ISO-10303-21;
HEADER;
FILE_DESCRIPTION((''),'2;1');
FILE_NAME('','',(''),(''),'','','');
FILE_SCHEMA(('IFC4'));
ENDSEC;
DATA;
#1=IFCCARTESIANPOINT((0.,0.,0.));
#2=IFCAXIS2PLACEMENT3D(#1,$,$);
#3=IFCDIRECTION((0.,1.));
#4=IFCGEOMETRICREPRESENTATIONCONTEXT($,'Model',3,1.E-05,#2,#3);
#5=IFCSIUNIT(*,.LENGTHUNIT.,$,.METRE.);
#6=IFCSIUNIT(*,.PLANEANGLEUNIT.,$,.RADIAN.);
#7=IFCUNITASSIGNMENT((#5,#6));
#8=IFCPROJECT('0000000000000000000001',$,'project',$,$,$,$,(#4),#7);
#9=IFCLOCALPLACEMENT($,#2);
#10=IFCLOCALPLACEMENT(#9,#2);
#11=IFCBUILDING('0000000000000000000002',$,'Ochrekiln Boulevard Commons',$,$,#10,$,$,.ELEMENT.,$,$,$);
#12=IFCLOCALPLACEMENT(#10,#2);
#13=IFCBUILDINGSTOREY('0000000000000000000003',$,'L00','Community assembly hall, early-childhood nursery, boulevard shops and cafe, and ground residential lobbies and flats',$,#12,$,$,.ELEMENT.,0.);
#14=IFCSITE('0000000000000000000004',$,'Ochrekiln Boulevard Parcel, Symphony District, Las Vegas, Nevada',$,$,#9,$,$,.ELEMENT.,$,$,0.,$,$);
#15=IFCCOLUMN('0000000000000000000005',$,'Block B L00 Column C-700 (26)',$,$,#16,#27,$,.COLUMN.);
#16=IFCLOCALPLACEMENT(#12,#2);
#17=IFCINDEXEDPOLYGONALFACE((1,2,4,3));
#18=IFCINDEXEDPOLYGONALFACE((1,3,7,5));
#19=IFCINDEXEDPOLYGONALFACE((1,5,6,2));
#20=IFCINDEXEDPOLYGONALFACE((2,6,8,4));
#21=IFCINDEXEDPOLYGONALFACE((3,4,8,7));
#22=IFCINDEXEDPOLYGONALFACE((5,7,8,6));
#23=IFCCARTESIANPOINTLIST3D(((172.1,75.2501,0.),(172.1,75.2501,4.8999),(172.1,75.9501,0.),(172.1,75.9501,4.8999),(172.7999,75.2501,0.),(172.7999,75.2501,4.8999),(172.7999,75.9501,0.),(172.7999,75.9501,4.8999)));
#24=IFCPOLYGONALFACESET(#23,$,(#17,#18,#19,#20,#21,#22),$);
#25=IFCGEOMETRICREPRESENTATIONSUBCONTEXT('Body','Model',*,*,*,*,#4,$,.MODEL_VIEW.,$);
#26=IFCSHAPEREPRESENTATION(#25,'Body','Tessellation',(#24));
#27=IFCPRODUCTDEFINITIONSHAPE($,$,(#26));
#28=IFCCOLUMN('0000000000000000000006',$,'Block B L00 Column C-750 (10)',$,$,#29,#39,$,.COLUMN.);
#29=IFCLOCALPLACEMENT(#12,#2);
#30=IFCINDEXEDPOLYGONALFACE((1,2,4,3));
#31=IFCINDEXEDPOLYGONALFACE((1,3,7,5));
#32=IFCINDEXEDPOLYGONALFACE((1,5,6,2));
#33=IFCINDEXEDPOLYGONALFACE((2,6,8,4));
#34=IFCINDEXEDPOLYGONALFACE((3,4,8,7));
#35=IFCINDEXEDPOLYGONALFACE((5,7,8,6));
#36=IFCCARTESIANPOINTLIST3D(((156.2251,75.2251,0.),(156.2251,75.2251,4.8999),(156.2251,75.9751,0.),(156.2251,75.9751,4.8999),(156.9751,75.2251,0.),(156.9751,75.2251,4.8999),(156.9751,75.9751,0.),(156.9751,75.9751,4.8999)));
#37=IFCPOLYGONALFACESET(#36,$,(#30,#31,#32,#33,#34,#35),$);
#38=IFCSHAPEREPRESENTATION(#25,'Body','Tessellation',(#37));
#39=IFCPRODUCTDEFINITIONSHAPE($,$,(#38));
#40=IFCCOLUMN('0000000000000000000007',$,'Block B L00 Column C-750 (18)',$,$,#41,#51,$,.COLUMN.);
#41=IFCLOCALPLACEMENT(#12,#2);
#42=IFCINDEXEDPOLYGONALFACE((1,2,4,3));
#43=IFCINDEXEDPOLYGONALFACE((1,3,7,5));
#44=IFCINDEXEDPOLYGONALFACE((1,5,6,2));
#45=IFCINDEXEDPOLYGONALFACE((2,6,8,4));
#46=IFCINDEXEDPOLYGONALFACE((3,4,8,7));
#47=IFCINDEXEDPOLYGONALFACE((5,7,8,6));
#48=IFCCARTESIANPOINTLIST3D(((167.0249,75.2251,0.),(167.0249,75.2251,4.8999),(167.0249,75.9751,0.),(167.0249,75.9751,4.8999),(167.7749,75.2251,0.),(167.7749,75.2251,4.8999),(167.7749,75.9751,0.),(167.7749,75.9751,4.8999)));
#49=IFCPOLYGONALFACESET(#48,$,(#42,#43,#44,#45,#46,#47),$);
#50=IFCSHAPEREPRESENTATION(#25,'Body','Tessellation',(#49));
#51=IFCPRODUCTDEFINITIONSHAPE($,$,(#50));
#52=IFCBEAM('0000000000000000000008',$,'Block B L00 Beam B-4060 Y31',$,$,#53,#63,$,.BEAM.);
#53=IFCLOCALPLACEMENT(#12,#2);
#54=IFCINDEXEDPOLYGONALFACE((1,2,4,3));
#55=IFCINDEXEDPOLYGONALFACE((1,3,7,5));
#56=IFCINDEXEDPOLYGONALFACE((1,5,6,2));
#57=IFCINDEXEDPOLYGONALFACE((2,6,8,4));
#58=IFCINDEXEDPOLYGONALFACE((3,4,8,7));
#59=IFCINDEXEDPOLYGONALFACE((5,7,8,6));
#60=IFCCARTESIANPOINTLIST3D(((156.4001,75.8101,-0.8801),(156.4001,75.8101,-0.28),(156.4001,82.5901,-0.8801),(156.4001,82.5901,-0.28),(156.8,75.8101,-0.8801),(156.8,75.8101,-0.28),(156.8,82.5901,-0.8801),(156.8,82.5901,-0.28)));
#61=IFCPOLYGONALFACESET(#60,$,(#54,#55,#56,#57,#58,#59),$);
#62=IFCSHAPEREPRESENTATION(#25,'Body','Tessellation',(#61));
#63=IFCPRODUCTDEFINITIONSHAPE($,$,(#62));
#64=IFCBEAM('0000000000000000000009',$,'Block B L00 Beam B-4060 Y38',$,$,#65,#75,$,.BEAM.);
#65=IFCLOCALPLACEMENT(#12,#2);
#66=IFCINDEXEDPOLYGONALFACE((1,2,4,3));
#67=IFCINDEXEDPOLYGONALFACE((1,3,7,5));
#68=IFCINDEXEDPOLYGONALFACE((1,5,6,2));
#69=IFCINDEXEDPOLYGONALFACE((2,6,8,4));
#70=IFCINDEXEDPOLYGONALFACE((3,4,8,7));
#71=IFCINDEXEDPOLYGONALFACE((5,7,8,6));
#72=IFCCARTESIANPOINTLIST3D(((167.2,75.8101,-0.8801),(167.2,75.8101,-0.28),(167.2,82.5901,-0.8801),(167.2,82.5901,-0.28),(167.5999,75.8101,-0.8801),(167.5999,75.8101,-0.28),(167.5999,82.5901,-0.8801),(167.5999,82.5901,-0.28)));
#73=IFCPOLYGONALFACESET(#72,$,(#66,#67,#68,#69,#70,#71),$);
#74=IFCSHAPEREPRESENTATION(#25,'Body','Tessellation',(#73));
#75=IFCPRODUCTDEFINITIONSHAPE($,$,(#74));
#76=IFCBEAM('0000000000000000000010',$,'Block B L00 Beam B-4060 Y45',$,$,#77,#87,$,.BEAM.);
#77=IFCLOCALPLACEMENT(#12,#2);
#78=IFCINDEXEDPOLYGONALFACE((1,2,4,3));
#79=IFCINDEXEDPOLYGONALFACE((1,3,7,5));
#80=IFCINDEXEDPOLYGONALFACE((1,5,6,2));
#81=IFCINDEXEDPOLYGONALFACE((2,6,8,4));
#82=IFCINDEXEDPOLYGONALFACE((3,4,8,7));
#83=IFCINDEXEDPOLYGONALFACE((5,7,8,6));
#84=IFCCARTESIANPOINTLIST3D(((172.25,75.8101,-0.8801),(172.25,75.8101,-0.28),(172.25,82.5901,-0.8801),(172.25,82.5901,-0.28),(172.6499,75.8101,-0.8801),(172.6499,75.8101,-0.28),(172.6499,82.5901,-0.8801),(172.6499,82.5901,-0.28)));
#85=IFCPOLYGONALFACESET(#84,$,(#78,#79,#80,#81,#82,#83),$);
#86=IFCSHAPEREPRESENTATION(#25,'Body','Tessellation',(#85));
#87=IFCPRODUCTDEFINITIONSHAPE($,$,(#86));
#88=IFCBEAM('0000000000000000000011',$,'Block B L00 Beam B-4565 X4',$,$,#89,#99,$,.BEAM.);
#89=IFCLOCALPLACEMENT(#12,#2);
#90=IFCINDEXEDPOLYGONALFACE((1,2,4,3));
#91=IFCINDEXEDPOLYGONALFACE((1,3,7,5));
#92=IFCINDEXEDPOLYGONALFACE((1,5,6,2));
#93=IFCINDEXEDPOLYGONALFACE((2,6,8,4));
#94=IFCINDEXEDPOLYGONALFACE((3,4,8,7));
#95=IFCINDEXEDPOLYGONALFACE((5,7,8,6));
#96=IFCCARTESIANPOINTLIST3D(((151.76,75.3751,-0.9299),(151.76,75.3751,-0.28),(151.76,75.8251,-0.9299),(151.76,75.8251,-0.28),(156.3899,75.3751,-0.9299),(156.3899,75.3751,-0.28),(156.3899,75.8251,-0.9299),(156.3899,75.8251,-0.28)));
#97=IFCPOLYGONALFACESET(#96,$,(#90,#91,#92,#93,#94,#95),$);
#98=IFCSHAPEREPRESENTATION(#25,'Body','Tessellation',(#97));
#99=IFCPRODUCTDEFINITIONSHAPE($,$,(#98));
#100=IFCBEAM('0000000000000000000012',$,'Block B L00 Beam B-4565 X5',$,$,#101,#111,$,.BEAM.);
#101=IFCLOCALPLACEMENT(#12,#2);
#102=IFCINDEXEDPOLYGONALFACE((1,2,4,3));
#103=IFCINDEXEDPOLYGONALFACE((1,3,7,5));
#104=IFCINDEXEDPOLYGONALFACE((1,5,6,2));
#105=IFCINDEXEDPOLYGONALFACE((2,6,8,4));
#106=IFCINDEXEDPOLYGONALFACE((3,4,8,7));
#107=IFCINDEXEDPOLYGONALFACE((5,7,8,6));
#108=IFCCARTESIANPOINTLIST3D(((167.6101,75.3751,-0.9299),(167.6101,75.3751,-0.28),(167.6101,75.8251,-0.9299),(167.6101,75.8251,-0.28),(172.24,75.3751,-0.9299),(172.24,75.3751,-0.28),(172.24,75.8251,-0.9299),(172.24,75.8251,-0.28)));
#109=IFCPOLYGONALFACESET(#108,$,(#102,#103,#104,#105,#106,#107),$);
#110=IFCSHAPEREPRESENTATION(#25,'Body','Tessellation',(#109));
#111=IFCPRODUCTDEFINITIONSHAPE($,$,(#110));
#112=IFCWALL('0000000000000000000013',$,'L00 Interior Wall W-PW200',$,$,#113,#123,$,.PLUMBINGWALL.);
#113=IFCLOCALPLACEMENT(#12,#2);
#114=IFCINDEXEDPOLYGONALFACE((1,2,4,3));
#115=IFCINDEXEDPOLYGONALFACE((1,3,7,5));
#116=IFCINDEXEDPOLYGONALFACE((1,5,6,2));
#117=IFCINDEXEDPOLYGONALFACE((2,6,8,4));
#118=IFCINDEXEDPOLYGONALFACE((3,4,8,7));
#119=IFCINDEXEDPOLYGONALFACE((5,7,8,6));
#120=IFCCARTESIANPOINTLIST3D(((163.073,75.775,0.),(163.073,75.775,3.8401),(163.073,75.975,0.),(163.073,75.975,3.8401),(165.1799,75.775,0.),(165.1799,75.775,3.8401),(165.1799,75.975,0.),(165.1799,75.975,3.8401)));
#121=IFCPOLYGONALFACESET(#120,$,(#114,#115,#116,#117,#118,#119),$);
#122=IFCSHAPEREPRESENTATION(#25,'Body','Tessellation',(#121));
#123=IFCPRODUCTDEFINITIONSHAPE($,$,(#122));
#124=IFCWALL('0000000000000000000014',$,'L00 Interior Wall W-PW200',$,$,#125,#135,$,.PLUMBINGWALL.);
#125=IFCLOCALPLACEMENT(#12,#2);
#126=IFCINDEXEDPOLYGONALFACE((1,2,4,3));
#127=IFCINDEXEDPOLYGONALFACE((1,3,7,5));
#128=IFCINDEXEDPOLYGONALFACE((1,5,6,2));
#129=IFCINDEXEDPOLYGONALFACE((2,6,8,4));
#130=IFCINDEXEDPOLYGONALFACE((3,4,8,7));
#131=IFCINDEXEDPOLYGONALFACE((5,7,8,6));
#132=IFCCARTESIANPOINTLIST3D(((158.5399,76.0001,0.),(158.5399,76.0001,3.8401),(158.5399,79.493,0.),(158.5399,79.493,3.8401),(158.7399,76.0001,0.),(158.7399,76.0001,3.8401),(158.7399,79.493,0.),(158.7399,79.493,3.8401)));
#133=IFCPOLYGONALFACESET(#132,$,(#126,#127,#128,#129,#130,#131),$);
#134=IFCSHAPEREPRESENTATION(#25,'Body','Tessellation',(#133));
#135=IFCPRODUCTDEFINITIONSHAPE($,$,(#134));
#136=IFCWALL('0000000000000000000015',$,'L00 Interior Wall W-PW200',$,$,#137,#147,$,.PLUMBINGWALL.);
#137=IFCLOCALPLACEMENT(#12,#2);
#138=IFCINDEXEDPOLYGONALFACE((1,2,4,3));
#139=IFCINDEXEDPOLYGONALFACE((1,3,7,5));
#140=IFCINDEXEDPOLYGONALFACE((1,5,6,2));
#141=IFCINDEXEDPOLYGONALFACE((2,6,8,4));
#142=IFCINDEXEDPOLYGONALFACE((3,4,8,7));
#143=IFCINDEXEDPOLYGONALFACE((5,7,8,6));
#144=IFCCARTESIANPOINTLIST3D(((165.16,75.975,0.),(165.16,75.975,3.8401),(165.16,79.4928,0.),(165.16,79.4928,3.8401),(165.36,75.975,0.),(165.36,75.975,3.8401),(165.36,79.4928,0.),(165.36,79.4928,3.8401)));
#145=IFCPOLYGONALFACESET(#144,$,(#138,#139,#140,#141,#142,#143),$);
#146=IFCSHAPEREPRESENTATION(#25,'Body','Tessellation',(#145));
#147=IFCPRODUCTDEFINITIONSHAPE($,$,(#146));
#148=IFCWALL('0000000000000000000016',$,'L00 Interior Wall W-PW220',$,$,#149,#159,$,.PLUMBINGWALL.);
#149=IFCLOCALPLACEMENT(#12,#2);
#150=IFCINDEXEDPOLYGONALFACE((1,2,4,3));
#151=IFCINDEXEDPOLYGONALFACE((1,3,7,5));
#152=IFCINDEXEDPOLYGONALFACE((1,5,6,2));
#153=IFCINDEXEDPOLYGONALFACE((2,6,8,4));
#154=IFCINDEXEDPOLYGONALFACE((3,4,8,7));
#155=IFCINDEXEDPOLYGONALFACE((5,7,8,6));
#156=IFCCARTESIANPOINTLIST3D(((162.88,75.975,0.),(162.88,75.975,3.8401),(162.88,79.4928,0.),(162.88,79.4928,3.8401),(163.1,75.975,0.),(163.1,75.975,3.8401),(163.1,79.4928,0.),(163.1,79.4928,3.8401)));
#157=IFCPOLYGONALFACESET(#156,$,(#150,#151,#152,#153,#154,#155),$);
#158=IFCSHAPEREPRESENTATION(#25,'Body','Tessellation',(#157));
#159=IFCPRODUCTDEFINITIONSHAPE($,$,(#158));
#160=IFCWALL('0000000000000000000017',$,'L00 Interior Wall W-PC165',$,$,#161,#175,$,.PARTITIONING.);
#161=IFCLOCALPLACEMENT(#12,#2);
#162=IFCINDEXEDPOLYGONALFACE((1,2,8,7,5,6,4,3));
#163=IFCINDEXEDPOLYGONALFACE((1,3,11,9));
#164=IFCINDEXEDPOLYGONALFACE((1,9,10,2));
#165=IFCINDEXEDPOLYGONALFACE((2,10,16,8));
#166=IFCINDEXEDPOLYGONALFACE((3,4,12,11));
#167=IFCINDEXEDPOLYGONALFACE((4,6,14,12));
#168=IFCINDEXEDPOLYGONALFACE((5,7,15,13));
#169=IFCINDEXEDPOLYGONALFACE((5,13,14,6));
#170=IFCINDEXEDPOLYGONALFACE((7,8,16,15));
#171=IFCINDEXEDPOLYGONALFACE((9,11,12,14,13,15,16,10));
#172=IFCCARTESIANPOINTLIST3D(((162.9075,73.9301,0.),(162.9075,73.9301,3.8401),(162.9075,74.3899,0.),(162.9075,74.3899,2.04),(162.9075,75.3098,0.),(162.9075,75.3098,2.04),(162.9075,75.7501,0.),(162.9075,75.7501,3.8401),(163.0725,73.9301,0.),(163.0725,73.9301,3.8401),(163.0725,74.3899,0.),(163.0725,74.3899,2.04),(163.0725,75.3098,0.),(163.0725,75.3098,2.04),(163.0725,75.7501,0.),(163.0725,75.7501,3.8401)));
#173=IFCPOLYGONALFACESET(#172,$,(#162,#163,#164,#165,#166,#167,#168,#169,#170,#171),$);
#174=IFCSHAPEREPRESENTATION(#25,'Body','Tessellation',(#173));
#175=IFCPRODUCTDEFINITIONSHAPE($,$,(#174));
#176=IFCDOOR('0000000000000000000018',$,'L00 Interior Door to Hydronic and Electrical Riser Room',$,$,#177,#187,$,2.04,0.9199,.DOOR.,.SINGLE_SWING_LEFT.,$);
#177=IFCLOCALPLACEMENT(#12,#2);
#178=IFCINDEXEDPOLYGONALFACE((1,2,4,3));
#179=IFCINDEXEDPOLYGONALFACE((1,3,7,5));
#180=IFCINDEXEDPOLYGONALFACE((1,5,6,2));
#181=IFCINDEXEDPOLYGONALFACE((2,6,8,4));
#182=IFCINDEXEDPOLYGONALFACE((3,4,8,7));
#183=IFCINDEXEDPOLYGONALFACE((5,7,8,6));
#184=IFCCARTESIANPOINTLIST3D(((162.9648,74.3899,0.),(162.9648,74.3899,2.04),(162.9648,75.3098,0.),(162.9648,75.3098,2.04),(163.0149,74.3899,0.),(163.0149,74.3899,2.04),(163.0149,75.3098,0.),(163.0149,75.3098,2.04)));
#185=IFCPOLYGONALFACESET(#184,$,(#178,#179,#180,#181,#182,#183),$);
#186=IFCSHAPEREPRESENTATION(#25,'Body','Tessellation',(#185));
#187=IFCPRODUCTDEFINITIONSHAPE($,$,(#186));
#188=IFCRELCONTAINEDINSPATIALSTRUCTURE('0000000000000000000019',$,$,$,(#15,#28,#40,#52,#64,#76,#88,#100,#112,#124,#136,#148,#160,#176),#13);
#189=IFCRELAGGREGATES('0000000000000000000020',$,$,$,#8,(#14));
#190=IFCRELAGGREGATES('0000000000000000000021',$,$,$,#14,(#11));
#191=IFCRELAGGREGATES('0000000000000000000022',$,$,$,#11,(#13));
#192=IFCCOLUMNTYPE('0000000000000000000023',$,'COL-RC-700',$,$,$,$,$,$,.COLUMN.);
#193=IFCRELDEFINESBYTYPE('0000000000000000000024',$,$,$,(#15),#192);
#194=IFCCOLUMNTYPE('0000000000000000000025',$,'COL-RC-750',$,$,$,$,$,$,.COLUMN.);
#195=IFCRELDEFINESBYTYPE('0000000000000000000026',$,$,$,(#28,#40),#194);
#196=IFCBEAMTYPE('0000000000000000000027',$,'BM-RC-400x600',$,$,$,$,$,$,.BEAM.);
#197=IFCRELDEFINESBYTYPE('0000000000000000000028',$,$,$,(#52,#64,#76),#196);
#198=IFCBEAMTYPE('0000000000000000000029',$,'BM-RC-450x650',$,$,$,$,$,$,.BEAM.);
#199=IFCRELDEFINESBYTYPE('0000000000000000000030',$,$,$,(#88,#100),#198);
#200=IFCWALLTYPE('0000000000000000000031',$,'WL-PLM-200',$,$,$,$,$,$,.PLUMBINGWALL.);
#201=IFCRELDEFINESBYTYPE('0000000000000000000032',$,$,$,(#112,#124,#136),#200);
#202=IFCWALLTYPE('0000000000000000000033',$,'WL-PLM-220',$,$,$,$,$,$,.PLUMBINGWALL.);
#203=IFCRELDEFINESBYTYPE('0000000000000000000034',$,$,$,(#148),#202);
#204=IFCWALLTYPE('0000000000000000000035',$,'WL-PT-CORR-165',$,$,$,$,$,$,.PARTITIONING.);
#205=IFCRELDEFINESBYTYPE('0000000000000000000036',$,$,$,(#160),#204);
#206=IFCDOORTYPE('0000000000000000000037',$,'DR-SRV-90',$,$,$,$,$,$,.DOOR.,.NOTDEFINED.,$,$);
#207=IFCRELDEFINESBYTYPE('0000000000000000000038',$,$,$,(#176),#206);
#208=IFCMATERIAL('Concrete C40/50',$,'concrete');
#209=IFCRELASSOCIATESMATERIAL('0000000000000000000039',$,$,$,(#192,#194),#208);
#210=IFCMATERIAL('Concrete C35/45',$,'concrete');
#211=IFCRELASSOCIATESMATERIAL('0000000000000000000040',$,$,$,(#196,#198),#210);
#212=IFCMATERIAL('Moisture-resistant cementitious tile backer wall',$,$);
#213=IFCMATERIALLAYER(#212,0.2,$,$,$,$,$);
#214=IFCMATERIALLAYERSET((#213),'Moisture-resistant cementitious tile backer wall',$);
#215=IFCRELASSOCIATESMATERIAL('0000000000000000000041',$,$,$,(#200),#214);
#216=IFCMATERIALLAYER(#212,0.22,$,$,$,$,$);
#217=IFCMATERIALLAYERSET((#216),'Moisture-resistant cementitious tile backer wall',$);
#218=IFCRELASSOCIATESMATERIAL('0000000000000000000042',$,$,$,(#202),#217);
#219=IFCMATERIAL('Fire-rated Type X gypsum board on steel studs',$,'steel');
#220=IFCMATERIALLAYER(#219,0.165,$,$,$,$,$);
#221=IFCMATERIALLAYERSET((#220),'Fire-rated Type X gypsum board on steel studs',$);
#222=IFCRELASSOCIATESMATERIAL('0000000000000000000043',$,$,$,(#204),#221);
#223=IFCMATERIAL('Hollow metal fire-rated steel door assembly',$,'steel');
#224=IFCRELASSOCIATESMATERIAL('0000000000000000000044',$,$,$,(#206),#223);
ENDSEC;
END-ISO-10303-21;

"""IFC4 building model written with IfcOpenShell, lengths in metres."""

from ifc_helpers import new_model, si_unit, direction, frame, frame_2d, origin, origin_2d, place, context, subcontext, project, spatial, rectangle, extrude, material, layer, layer_set, material_profile, profile_set, type_object, element, fill, save


model = new_model("IFC4")

# Units and contexts
model_context = context("Model", 3, precision=1e-05, world=origin(), true_north=direction((0.0, 1.0)))
body_context = subcontext(model_context, "Body", "Model", "MODEL_VIEW")
ifc_project = project(units=[si_unit("LENGTHUNIT", "METRE"), si_unit("PLANEANGLEUNIT", "RADIAN")], contexts=[model_context])

# Site, building, storey
site_placement = place(None, origin())
site = spatial("IfcSite", under=ifc_project, at=site_placement, Name="Ochrekiln Boulevard Parcel, Symphony District, Las Vegas, Nevada", CompositionType="ELEMENT", RefElevation=0.0)
building_placement = place(site_placement, origin())
building = spatial("IfcBuilding", under=site, at=building_placement, Name="Ochrekiln Boulevard Commons", CompositionType="ELEMENT")
storey_placement = place(building_placement, origin())
storey = spatial("IfcBuildingStorey", under=building, at=storey_placement, Name="L00", Description="Community assembly hall, early-childhood nursery, boulevard shops and cafe, and ground residential lobbies and flats", CompositionType="ELEMENT", Elevation=0.0)

# Columns
ifc_material_1 = material(Name="Concrete C40/50", Category="concrete")
ifc_material_profile_1 = material_profile(ifc_material_1, rectangle(XDim=0.7, YDim=0.7, at=origin_2d()), Name="RC-COL-700x700")
ifc_profile_set_1 = profile_set([ifc_material_profile_1], Name="Concrete C40/50")
column_type_1 = type_object("IfcColumnType", Name="COL-RC-700", PredefinedType="COLUMN", material=ifc_profile_set_1)
column_placement = place(storey_placement, frame((172.45, 75.6001, 0.0), z_axis=(0.0, 0.0, 1.0), x_axis=(1.0, 0.0, 0.0)))
element("IfcColumn", 1, at=column_placement, inside=storey, type_object=column_type_1, Name="Block B L00 Column C-700 (26)", PredefinedType="COLUMN", context=body_context, shape_type="SweptSolid", body=[
    extrude(rectangle(XDim=0.7, YDim=0.7, at=origin_2d()), origin(), (0.0, 0.0, 1.0), 4.8999),
])
ifc_material_profile_2 = material_profile(ifc_material_1, rectangle(XDim=0.75, YDim=0.75, at=origin_2d()), Name="RC-COL-750x750")
ifc_profile_set_2 = profile_set([ifc_material_profile_2], Name="Concrete C40/50")
column_type_2 = type_object("IfcColumnType", Name="COL-RC-750", PredefinedType="COLUMN", material=ifc_profile_set_2)
for number, where, z_axis, x_axis, name in (
    (2, (156.6001, 75.6001, 0.0), (0.0, 0.0, 1.0), (1.0, 0.0, 0.0), "Block B L00 Column C-750 (10)"),
    (3, (167.3999, 75.6001, 0.0), (0.0, 0.0, 1.0), (1.0, 0.0, 0.0), "Block B L00 Column C-750 (18)"),
):
    element("IfcColumn", number, at=place(storey_placement, frame(where, z_axis=z_axis, x_axis=x_axis)), inside=storey, type_object=column_type_2, Name=name, PredefinedType="COLUMN", context=body_context, shape_type="SweptSolid", body=[
        extrude(rectangle(XDim=0.75, YDim=0.75, at=origin_2d()), origin(), (0.0, 0.0, 1.0), 4.8999),
    ])

# Beams
ifc_material_2 = material(Name="Concrete C35/45", Category="concrete")
ifc_material_profile_3 = material_profile(ifc_material_2, rectangle(XDim=0.3999, YDim=0.6001, at=origin_2d()), Name="RC-BM-400x600")
ifc_profile_set_3 = profile_set([ifc_material_profile_3], Name="Concrete C35/45")
beam_type_1 = type_object("IfcBeamType", Name="BM-RC-400x600", PredefinedType="BEAM", material=ifc_profile_set_3)
for number, where, z_axis, x_axis, name in (
    (4, (156.6001, 75.8101, -0.5801), (0.0, 1.0, 0.0), (-1.0, 0.0, 0.0), "Block B L00 Beam B-4060 Y31"),
    (5, (167.3999, 75.8101, -0.5801), (0.0, 1.0, 0.0), (-1.0, 0.0, 0.0), "Block B L00 Beam B-4060 Y38"),
    (6, (172.45, 75.8101, -0.5801), (0.0, 1.0, 0.0), (-1.0, 0.0, 0.0), "Block B L00 Beam B-4060 Y45"),
):
    element("IfcBeam", number, at=place(storey_placement, frame(where, z_axis=z_axis, x_axis=x_axis)), inside=storey, type_object=beam_type_1, Name=name, PredefinedType="BEAM", context=body_context, shape_type="SweptSolid", body=[
        extrude(rectangle(XDim=0.3999, YDim=0.6001, at=origin_2d()), origin(), (0.0, 0.0, 1.0), 6.78),
    ])
ifc_material_profile_4 = material_profile(ifc_material_2, rectangle(XDim=0.45, YDim=0.6499, at=origin_2d()), Name="RC-BM-450x650")
ifc_profile_set_4 = profile_set([ifc_material_profile_4], Name="Concrete C35/45")
beam_type_2 = type_object("IfcBeamType", Name="BM-RC-450x650", PredefinedType="BEAM", material=ifc_profile_set_4)
for number, where, z_axis, x_axis, name in (
    (7, (151.76, 75.6001, -0.605), (1.0, 0.0, 0.0), (0.0, 1.0, 0.0), "Block B L00 Beam B-4565 X4"),
    (8, (167.6101, 75.6001, -0.605), (1.0, 0.0, 0.0), (0.0, 1.0, 0.0), "Block B L00 Beam B-4565 X5"),
):
    element("IfcBeam", number, at=place(storey_placement, frame(where, z_axis=z_axis, x_axis=x_axis)), inside=storey, type_object=beam_type_2, Name=name, PredefinedType="BEAM", context=body_context, shape_type="SweptSolid", body=[
        extrude(rectangle(XDim=0.45, YDim=0.6499, at=origin_2d()), origin(), (0.0, 0.0, 1.0), 4.6299),
    ])

# Walls
ifc_material_3 = material(Name="Moisture-resistant cementitious tile backer wall")
ifc_layer_1 = layer(ifc_material_3, 0.2)
ifc_layer_set_1 = layer_set([ifc_layer_1], Name="Moisture-resistant cementitious tile backer wall")
wall_type_1 = type_object("IfcWallType", Name="WL-PLM-200", PredefinedType="PLUMBINGWALL", material=ifc_layer_set_1)
wall_1_placement = place(storey_placement, frame((163.073, 75.875, 0.0), z_axis=(0.0, 0.0, 1.0), x_axis=(1.0, 0.0, 0.0)))
element("IfcWall", 9, at=wall_1_placement, inside=storey, type_object=wall_type_1, Name="L00 Interior Wall W-PW200", PredefinedType="PLUMBINGWALL", context=body_context, shape_type="SweptSolid", body=[
    extrude(rectangle(XDim=2.1069, YDim=0.2, at=frame_2d((1.0535, 0.0))), origin(), (0.0, 0.0, 1.0), 3.8401),
])
wall_2_placement = place(storey_placement, frame((158.6399, 76.0, 0.0), z_axis=(0.0, 0.0, 1.0), x_axis=(0.0, 1.0, 0.0)))
element("IfcWall", 10, at=wall_2_placement, inside=storey, type_object=wall_type_1, Name="L00 Interior Wall W-PW200", PredefinedType="PLUMBINGWALL", context=body_context, shape_type="SweptSolid", body=[
    extrude(rectangle(XDim=3.4929, YDim=0.2, at=frame_2d((1.7466, 0.0))), origin(), (0.0, 0.0, 1.0), 3.8401),
])
wall_3_placement = place(storey_placement, frame((165.26, 75.9751, 0.0), z_axis=(0.0, 0.0, 1.0), x_axis=(0.0, 1.0, 0.0)))
element("IfcWall", 11, at=wall_3_placement, inside=storey, type_object=wall_type_1, Name="L00 Interior Wall W-PW200", PredefinedType="PLUMBINGWALL", context=body_context, shape_type="SweptSolid", body=[
    extrude(rectangle(XDim=3.5178, YDim=0.2, at=frame_2d((1.7588, 0.0))), origin(), (0.0, 0.0, 1.0), 3.8401),
])
ifc_layer_2 = layer(ifc_material_3, 0.22)
ifc_layer_set_2 = layer_set([ifc_layer_2], Name="Moisture-resistant cementitious tile backer wall")
wall_type_2 = type_object("IfcWallType", Name="WL-PLM-220", PredefinedType="PLUMBINGWALL", material=ifc_layer_set_2)
wall_4_placement = place(storey_placement, frame((162.99, 75.9751, 0.0), z_axis=(0.0, 0.0, 1.0), x_axis=(0.0, 1.0, 0.0)))
element("IfcWall", 12, at=wall_4_placement, inside=storey, type_object=wall_type_2, Name="L00 Interior Wall W-PW220", PredefinedType="PLUMBINGWALL", context=body_context, shape_type="SweptSolid", body=[
    extrude(rectangle(XDim=3.5178, YDim=0.22, at=frame_2d((1.7588, 0.0))), origin(), (0.0, 0.0, 1.0), 3.8401),
])

# Wall, opening, door
ifc_material_4 = material(Name="Fire-rated Type X gypsum board on steel studs", Category="steel")
ifc_layer_3 = layer(ifc_material_4, 0.165)
ifc_layer_set_3 = layer_set([ifc_layer_3], Name="Fire-rated Type X gypsum board on steel studs")
wall_type_3 = type_object("IfcWallType", Name="WL-PT-CORR-165", PredefinedType="PARTITIONING", material=ifc_layer_set_3)
wall_5_placement = place(storey_placement, frame((162.99, 73.9299, 0.0), z_axis=(0.0, 0.0, 1.0), x_axis=(0.0, 1.0, 0.0)))
wall_5 = element("IfcWall", 13, at=wall_5_placement, inside=storey, type_object=wall_type_3, Name="L00 Interior Wall W-PC165", PredefinedType="PARTITIONING", context=body_context, shape_type="SweptSolid", body=[
    extrude(rectangle(XDim=1.8201, YDim=0.165, at=frame_2d((0.9102, 0.0))), origin(), (0.0, 0.0, 1.0), 3.8401),
])
opening_1_placement = place(wall_5_placement, frame((0.46, 0.0, 0.0)))
opening_1 = element("IfcOpeningElement", 14, at=opening_1_placement, cuts=wall_5, PredefinedType="OPENING", context=body_context, shape_type="SweptSolid", body=[
    extrude(rectangle(XDim=0.9199, YDim=2.04, at=frame_2d((0.46, 1.02))), frame((0.0, 0.0925, 0.0), z_axis=(0.0, -1.0, 0.0), x_axis=(1.0, 0.0, 0.0)), (0.0, 0.0, 1.0), 0.1851),
])
ifc_material_5 = material(Name="Hollow metal fire-rated steel door assembly", Category="steel")
door_type_1 = type_object("IfcDoorType", Name="DR-SRV-90", OperationType="NOTDEFINED", PredefinedType="DOOR", material=ifc_material_5)
door_1_placement = place(opening_1_placement, frame((0.9199, 0.0, 0.0), z_axis=(0.0, 0.0, 1.0), x_axis=(-1.0, 0.0, 0.0)))
door_1 = element("IfcDoor", 15, at=door_1_placement, inside=storey, type_object=door_type_1, Name="L00 Interior Door to Hydronic and Electrical Riser Room", OperationType="SINGLE_SWING_LEFT", OverallHeight=2.04, OverallWidth=0.9199, PredefinedType="DOOR", context=body_context, shape_type="SweptSolid", body=[
    extrude(rectangle(XDim=0.9199, YDim=2.04, at=frame_2d((0.46, 1.02))), frame((0.0, 0.0249, 0.0), z_axis=(0.0, -1.0, 0.0), x_axis=(1.0, 0.0, 0.0)), (0.0, 0.0, 1.0), 0.05),
])
fill(opening_1, door_1)

save(model, "model.ifc")
